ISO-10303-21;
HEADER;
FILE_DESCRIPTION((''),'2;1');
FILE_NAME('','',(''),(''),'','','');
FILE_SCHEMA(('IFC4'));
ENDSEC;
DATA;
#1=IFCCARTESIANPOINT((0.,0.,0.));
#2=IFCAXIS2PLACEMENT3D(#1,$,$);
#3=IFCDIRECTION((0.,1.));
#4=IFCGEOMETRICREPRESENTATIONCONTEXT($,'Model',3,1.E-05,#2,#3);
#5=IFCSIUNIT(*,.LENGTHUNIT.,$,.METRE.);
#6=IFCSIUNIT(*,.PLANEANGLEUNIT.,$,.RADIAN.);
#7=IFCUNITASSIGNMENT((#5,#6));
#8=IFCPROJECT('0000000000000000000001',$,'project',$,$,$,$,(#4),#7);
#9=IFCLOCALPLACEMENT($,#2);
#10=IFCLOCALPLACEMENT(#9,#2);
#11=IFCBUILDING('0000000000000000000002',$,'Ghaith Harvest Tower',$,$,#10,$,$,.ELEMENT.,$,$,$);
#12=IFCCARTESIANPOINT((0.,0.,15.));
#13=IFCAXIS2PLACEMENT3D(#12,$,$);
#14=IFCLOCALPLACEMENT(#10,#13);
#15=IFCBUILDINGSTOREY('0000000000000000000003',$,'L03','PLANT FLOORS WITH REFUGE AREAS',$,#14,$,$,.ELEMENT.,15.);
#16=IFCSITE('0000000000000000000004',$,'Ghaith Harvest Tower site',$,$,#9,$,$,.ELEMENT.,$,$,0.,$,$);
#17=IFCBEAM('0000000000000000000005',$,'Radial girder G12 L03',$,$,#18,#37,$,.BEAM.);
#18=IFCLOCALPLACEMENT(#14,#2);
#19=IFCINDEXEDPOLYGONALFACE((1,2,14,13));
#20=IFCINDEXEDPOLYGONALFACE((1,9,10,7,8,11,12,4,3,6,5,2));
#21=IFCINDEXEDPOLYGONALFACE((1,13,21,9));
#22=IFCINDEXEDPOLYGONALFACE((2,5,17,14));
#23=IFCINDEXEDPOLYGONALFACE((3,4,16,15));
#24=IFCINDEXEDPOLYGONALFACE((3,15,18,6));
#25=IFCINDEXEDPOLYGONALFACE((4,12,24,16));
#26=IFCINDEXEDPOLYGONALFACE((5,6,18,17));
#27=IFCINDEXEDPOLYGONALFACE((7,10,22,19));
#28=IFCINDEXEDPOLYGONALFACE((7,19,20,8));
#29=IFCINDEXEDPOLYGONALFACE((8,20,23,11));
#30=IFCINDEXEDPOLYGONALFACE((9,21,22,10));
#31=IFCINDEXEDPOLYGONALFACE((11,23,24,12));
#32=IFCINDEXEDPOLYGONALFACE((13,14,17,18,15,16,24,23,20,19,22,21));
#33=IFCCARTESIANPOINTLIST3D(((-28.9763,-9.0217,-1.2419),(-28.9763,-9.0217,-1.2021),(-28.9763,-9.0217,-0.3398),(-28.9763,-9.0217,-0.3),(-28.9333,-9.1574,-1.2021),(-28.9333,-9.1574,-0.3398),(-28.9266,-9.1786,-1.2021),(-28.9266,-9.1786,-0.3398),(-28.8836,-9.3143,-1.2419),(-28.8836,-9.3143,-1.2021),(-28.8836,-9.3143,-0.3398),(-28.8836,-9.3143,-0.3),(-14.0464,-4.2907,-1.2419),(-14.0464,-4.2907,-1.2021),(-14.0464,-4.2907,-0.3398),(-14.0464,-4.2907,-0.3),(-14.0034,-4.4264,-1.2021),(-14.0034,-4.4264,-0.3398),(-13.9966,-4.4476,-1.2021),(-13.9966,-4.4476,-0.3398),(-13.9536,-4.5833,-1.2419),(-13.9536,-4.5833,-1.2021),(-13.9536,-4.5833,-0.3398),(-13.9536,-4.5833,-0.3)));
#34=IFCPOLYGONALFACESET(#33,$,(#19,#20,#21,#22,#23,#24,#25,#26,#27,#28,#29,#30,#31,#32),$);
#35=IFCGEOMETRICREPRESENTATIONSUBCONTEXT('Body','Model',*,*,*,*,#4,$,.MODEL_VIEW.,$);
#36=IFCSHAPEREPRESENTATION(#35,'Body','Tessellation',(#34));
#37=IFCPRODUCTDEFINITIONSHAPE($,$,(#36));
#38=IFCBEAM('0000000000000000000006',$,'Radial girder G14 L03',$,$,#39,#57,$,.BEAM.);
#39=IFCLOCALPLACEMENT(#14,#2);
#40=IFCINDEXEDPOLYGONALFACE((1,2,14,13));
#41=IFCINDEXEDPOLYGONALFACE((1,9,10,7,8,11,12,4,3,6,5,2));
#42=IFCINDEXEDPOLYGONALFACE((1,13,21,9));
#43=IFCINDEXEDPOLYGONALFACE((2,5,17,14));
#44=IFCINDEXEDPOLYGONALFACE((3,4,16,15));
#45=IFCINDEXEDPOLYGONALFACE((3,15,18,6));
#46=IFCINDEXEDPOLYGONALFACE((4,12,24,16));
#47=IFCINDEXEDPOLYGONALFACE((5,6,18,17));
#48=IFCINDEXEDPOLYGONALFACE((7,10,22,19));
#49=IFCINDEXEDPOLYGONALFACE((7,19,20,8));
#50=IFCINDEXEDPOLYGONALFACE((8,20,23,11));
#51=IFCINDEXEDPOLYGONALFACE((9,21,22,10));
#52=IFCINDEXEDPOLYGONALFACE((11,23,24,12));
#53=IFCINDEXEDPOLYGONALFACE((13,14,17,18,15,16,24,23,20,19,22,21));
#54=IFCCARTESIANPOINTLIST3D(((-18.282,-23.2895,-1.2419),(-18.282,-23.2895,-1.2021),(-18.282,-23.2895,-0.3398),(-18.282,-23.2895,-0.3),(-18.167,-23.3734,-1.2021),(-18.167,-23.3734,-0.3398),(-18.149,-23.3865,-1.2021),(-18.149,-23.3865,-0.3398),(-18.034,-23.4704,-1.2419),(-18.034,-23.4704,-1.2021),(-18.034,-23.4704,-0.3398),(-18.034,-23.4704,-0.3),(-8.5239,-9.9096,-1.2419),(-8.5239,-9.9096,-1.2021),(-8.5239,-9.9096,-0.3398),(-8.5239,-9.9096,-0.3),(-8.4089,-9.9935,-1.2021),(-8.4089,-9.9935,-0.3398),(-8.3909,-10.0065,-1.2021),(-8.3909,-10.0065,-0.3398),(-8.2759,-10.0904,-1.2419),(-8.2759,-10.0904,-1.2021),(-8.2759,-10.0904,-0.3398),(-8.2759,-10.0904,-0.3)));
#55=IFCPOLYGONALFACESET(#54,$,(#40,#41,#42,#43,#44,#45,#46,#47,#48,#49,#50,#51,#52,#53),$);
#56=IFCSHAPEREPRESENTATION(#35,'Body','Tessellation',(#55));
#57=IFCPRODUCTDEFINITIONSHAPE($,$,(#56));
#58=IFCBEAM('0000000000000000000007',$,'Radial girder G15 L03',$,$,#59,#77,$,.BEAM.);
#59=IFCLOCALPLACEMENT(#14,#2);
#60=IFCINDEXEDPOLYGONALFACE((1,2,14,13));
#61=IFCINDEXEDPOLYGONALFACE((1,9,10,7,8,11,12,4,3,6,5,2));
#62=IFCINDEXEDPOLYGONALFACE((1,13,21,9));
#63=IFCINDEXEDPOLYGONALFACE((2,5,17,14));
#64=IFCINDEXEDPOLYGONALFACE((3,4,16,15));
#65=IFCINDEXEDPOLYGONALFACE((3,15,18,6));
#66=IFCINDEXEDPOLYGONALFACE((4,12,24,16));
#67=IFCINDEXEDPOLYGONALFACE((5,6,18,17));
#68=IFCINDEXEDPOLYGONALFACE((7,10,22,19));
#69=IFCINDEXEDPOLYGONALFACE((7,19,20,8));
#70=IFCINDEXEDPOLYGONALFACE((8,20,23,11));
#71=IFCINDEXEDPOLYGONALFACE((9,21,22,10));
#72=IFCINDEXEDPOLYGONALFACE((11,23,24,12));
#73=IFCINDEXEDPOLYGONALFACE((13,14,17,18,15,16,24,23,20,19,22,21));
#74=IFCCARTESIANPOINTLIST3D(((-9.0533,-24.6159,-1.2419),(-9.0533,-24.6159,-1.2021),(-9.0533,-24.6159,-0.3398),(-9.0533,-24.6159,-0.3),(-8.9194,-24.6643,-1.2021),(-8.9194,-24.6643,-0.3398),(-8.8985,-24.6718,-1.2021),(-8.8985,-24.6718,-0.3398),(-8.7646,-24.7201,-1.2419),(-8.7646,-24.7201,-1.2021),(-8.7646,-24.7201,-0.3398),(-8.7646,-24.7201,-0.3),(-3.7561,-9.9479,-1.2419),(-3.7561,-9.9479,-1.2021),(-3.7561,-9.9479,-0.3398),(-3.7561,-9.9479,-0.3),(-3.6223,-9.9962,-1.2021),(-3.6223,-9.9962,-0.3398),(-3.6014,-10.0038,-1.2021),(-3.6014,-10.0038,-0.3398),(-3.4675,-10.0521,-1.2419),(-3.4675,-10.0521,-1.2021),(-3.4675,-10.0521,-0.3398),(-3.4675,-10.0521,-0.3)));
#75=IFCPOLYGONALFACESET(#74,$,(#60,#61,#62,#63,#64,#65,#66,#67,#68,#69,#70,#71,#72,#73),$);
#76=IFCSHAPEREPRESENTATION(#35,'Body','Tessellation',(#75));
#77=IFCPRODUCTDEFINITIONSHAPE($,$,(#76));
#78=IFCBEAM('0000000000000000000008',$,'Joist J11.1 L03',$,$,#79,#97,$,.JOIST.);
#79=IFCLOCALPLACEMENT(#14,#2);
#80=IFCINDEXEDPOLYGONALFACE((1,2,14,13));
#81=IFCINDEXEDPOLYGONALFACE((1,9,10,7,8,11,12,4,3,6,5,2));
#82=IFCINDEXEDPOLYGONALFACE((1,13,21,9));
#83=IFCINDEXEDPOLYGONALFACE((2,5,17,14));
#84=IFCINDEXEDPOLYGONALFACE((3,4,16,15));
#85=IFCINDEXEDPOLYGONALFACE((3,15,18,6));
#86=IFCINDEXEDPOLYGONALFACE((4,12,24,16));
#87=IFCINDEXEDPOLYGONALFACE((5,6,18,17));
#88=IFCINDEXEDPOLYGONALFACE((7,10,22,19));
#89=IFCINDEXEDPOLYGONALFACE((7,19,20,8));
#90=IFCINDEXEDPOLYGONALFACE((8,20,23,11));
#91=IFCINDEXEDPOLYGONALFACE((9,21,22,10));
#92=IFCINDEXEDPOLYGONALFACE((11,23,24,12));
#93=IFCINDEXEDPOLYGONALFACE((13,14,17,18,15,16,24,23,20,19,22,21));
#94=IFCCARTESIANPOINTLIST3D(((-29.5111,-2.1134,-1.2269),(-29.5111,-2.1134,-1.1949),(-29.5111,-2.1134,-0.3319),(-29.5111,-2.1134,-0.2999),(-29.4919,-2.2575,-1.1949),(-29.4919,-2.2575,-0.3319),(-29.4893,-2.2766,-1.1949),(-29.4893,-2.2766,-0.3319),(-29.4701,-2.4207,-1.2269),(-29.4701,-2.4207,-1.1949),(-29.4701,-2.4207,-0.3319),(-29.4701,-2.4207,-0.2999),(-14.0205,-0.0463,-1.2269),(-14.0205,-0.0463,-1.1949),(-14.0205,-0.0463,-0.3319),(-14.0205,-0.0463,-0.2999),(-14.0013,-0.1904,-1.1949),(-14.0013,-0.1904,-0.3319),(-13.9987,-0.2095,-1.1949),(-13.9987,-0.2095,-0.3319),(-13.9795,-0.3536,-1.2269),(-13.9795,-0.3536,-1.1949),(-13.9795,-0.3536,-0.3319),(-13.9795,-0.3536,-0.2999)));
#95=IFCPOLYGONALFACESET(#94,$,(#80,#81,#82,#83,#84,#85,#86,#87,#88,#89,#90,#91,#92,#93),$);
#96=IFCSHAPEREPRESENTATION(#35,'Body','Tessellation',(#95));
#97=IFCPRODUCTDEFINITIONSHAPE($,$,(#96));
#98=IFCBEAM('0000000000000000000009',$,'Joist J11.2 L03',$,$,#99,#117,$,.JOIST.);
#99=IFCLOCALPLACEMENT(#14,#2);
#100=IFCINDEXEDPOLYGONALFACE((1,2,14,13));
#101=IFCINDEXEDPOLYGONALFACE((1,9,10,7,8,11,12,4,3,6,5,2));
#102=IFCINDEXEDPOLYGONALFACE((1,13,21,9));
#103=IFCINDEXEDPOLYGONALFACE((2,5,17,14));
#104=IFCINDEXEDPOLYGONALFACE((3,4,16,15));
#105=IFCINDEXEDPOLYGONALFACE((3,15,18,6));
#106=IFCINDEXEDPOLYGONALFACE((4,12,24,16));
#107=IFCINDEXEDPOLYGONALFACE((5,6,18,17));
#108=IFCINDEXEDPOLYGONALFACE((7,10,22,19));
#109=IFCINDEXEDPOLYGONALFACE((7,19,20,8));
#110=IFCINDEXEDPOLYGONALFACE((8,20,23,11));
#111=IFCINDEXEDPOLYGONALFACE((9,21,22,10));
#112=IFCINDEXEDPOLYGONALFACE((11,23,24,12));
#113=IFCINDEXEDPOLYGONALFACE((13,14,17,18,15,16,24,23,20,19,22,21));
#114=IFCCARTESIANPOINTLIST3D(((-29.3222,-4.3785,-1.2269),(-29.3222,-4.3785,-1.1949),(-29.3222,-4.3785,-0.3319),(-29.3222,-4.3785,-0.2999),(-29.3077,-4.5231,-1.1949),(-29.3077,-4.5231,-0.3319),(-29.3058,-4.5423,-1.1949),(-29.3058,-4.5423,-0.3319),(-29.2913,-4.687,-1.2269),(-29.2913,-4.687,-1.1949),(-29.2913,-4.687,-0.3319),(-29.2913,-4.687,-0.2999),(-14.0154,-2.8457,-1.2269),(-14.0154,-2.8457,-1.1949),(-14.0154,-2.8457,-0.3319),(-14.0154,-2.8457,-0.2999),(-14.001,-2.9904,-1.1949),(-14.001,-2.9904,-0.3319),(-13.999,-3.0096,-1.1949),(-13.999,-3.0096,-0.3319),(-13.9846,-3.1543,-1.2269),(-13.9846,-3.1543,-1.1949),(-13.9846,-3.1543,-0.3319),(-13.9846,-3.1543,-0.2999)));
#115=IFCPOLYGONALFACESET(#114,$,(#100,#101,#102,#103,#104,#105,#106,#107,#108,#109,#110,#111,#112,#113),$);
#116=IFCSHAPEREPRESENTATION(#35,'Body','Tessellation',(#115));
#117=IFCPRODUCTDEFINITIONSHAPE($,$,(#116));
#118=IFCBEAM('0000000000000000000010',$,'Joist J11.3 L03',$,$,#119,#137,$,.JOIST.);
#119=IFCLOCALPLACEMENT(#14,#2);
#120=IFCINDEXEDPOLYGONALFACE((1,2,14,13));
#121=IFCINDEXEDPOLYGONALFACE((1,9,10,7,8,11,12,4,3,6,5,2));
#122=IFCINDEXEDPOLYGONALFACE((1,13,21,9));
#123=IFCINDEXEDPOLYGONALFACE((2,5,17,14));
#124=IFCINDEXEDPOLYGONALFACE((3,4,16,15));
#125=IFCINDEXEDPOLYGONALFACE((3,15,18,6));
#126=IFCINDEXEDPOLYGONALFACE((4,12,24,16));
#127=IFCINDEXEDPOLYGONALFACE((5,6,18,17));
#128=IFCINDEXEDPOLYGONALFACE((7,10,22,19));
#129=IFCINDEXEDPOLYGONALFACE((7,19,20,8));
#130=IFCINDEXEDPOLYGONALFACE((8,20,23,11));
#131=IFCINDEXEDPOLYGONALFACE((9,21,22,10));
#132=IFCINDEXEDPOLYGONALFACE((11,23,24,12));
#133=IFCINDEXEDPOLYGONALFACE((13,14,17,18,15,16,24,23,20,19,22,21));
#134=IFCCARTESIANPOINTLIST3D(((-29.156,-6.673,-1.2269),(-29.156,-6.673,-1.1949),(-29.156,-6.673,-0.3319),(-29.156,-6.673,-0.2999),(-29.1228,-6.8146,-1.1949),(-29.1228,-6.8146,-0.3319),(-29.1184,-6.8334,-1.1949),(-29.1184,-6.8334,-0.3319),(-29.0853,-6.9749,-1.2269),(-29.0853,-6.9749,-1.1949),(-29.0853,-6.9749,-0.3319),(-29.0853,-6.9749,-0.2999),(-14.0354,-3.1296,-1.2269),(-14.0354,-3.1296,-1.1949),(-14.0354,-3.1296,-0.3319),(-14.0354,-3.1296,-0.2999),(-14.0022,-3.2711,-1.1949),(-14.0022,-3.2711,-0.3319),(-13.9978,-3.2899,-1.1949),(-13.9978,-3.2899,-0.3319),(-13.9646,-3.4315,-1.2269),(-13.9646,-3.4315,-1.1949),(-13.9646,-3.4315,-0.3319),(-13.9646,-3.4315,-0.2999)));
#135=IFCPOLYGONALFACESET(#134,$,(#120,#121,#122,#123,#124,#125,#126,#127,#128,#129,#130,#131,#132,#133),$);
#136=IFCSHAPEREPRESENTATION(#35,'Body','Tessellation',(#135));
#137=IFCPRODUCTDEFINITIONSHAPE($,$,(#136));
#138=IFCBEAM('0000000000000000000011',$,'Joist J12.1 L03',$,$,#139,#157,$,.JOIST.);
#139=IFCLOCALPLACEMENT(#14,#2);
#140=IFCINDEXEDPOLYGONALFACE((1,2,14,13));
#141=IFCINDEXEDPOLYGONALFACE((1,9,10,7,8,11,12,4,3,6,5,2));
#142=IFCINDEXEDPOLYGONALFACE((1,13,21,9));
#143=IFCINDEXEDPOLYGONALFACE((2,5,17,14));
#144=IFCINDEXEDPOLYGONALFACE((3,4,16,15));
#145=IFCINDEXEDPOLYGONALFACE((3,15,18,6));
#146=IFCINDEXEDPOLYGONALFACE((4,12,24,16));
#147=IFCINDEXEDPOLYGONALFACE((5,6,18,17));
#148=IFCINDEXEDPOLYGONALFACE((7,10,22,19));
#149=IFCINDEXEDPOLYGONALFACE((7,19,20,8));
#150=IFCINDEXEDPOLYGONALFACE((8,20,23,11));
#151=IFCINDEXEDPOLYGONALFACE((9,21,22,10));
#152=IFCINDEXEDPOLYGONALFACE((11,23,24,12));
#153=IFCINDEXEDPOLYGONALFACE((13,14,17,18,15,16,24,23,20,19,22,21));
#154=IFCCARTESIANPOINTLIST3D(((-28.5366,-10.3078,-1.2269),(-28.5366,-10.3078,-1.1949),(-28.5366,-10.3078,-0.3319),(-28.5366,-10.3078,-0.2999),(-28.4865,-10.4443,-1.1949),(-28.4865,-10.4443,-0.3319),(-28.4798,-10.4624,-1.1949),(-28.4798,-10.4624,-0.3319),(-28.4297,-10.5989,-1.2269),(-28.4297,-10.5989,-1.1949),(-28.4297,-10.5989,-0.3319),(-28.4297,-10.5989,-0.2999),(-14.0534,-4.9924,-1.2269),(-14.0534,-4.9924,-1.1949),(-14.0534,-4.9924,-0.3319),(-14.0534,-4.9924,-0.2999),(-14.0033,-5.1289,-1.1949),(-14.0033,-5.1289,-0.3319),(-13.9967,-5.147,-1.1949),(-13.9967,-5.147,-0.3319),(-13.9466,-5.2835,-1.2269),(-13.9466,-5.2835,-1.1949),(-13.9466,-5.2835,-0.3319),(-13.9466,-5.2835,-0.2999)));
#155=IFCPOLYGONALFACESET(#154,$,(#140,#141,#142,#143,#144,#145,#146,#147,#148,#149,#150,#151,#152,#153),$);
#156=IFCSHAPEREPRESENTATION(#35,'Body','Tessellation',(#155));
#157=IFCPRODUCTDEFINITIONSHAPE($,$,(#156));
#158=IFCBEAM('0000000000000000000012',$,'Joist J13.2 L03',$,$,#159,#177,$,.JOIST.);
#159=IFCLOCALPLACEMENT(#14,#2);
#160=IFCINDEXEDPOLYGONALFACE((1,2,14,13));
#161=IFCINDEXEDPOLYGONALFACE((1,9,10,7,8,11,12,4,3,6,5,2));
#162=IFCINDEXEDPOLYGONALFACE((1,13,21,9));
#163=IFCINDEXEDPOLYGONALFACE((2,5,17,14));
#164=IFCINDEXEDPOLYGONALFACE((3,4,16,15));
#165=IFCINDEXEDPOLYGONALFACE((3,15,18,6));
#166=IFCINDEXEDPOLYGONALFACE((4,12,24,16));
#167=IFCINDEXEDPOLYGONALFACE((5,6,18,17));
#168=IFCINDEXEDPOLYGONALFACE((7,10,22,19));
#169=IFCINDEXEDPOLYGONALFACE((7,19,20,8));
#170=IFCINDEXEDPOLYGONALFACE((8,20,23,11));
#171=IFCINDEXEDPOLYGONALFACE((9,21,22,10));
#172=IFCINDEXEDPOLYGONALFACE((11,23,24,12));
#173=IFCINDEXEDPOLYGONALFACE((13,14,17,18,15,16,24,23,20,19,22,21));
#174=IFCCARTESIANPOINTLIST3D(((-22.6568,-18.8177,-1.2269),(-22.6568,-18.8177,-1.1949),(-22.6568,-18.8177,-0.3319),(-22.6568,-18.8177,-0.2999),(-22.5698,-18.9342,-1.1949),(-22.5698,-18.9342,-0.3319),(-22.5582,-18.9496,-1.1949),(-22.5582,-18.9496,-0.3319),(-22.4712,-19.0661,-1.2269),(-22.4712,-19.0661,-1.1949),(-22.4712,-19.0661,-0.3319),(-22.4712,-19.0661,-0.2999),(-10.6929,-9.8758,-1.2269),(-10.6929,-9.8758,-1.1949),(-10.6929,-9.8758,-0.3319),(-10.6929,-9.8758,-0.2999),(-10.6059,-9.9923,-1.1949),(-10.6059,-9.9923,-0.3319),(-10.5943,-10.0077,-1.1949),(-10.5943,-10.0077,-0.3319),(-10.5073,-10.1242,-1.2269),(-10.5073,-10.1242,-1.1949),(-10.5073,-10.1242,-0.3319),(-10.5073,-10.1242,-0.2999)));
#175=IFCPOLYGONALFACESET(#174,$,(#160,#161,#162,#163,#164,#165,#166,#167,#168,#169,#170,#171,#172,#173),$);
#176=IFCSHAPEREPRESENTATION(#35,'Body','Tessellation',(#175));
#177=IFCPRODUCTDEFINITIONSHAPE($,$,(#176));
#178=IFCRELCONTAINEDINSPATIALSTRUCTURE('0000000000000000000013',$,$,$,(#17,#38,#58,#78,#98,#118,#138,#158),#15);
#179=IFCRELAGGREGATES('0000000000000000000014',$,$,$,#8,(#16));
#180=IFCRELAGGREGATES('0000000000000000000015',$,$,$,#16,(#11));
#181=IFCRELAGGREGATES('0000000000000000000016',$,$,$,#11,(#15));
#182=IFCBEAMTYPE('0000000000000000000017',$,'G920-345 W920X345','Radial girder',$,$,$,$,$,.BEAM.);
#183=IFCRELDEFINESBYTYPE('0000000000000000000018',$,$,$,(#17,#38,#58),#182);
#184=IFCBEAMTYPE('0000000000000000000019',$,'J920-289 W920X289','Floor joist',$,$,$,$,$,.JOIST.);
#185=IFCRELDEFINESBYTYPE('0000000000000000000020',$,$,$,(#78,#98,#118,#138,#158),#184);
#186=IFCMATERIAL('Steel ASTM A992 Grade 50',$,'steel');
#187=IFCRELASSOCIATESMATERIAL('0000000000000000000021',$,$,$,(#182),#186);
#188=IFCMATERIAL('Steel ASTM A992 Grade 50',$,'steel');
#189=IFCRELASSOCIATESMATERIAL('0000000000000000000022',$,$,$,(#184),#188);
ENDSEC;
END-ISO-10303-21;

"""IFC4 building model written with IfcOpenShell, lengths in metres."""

from ifc_helpers import new_model, si_unit, direction, frame, origin, origin_2d, place, context, subcontext, project, spatial, i_section, extrude, material, material_profile, profile_set, type_object, element, save


model = new_model("IFC4")

# Units and contexts
model_context = context("Model", 3, precision=1e-05, world=origin(), true_north=direction((0.0, 1.0)))
body_context = subcontext(model_context, "Body", "Model", "MODEL_VIEW")
ifc_project = project(units=[si_unit("LENGTHUNIT", "METRE"), si_unit("PLANEANGLEUNIT", "RADIAN")], contexts=[model_context])

# Site, building, storey
site_placement = place(None, origin())
site = spatial("IfcSite", under=ifc_project, at=site_placement, Name="Ghaith Harvest Tower site", CompositionType="ELEMENT", RefElevation=0.0)
building_placement = place(site_placement, origin())
building = spatial("IfcBuilding", under=site, at=building_placement, Name="Ghaith Harvest Tower", CompositionType="ELEMENT")
storey_placement = place(building_placement, frame((0.0, 0.0, 15.0)))
storey = spatial("IfcBuildingStorey", under=building, at=storey_placement, Name="L03", Description="PLANT FLOORS WITH REFUGE AREAS", CompositionType="ELEMENT", Elevation=15.0)

# Beams
ifc_material_1 = material(Name="Steel ASTM A992 Grade 50", Category="steel")
ifc_material_profile_1 = material_profile(ifc_material_1, i_section(OverallWidth=0.3069, OverallDepth=0.9419, WebThickness=0.0222, FlangeThickness=0.0398, at=origin_2d()), Name="W920X345")
ifc_profile_set_1 = profile_set([ifc_material_profile_1], Name="Steel ASTM A992 Grade 50")
beam_type_1 = type_object("IfcBeamType", Name="G920-345 W920X345", Description="Radial girder", PredefinedType="BEAM", material=ifc_profile_set_1)
beam_1_placement = place(storey_placement, frame((-14.0, -4.437, -0.771), z_axis=(-0.953284, -0.302074, 0.0), x_axis=(0.302074, -0.953284, 0.0)))
element("IfcBeam", 1, at=beam_1_placement, inside=storey, type_object=beam_type_1, Name="Radial girder G12 L03", PredefinedType="BEAM", context=body_context, shape_type="SweptSolid", body=[
    extrude(i_section(OverallWidth=0.3069, OverallDepth=0.9419, WebThickness=0.0222, FlangeThickness=0.0398, at=origin_2d()), origin(), (0.0, 0.0, 1.0), 15.6616),
])
beam_2_placement = place(storey_placement, frame((-8.3999, -10.0, -0.771), z_axis=(-0.589247, -0.807953, 0.0), x_axis=(0.807953, -0.589247, 0.0)))
element("IfcBeam", 2, at=beam_2_placement, inside=storey, type_object=beam_type_1, Name="Radial girder G14 L03", PredefinedType="BEAM", context=body_context, shape_type="SweptSolid", body=[
    extrude(i_section(OverallWidth=0.3069, OverallDepth=0.9419, WebThickness=0.0222, FlangeThickness=0.0398, at=origin_2d()), origin(), (0.0, 0.0, 1.0), 16.5603),
])
beam_3_placement = place(storey_placement, frame((-3.6118, -10.0, -0.771), z_axis=(-0.339664, -0.940547, 0.0), x_axis=(0.940547, -0.339664, 0.0)))
element("IfcBeam", 3, at=beam_3_placement, inside=storey, type_object=beam_type_1, Name="Radial girder G15 L03", PredefinedType="BEAM", context=body_context, shape_type="SweptSolid", body=[
    extrude(i_section(OverallWidth=0.3069, OverallDepth=0.9419, WebThickness=0.0222, FlangeThickness=0.0398, at=origin_2d()), origin(), (0.0, 0.0, 1.0), 15.5952),
])
ifc_material_2 = material(Name="Steel ASTM A992 Grade 50", Category="steel")
ifc_material_profile_2 = material_profile(ifc_material_2, i_section(OverallWidth=0.3101, OverallDepth=0.927, WebThickness=0.0193, FlangeThickness=0.032, at=origin_2d()), Name="W920X289")
ifc_profile_set_2 = profile_set([ifc_material_profile_2], Name="Steel ASTM A992 Grade 50")
beam_type_2 = type_object("IfcBeamType", Name="J920-289 W920X289", Description="Floor joist", PredefinedType="JOIST", material=ifc_profile_set_2)
beam_4_placement = place(storey_placement, frame((-14.0, -0.2, -0.7634), z_axis=(-0.991214, -0.132271, 0.0), x_axis=(0.132271, -0.991214, 0.0)))
element("IfcBeam", 4, at=beam_4_placement, inside=storey, type_object=beam_type_2, Name="Joist J11.1 L03", PredefinedType="JOIST", context=body_context, shape_type="SweptSolid", body=[
    extrude(i_section(OverallWidth=0.3101, OverallDepth=0.927, WebThickness=0.0193, FlangeThickness=0.032, at=origin_2d()), origin(), (0.0, 0.0, 1.0), 15.6279),
])
beam_5_placement = place(storey_placement, frame((-14.0, -3.0, -0.7634), z_axis=(-0.995024, -0.099636, 0.0), x_axis=(0.099636, -0.995024, 0.0)))
element("IfcBeam", 5, at=beam_5_placement, inside=storey, type_object=beam_type_2, Name="Joist J11.2 L03", PredefinedType="JOIST", context=body_context, shape_type="SweptSolid", body=[
    extrude(i_section(OverallWidth=0.3101, OverallDepth=0.927, WebThickness=0.0193, FlangeThickness=0.032, at=origin_2d()), origin(), (0.0, 0.0, 1.0), 15.3833),
])
beam_6_placement = place(storey_placement, frame((-14.0, -3.2805, -0.7634), z_axis=(-0.973623, -0.228165, 0.0), x_axis=(0.228165, -0.973623, 0.0)))
element("IfcBeam", 6, at=beam_6_placement, inside=storey, type_object=beam_type_2, Name="Joist J11.3 L03", PredefinedType="JOIST", context=body_context, shape_type="SweptSolid", body=[
    extrude(i_section(OverallWidth=0.3101, OverallDepth=0.927, WebThickness=0.0193, FlangeThickness=0.032, at=origin_2d()), origin(), (0.0, 0.0, 1.0), 15.5303),
])
beam_7_placement = place(storey_placement, frame((-14.0, -5.1379, -0.7634), z_axis=(-0.938773, -0.344537, 0.0), x_axis=(0.344537, -0.938773, 0.0)))
element("IfcBeam", 7, at=beam_7_placement, inside=storey, type_object=beam_type_2, Name="Joist J12.1 L03", PredefinedType="JOIST", context=body_context, shape_type="SweptSolid", body=[
    extrude(i_section(OverallWidth=0.3101, OverallDepth=0.927, WebThickness=0.0193, FlangeThickness=0.032, at=origin_2d()), origin(), (0.0, 0.0, 1.0), 15.4277),
])
beam_8_placement = place(storey_placement, frame((-10.6001, -10.0, -0.7634), z_axis=(-0.800995, -0.598671, 0.0), x_axis=(0.598671, -0.800995, 0.0)))
element("IfcBeam", 8, at=beam_8_placement, inside=storey, type_object=beam_type_2, Name="Joist J13.2 L03", PredefinedType="JOIST", context=body_context, shape_type="SweptSolid", body=[
    extrude(i_section(OverallWidth=0.3101, OverallDepth=0.927, WebThickness=0.0193, FlangeThickness=0.032, at=origin_2d()), origin(), (0.0, 0.0, 1.0), 14.9363),
])

save(model, "model.ifc")
